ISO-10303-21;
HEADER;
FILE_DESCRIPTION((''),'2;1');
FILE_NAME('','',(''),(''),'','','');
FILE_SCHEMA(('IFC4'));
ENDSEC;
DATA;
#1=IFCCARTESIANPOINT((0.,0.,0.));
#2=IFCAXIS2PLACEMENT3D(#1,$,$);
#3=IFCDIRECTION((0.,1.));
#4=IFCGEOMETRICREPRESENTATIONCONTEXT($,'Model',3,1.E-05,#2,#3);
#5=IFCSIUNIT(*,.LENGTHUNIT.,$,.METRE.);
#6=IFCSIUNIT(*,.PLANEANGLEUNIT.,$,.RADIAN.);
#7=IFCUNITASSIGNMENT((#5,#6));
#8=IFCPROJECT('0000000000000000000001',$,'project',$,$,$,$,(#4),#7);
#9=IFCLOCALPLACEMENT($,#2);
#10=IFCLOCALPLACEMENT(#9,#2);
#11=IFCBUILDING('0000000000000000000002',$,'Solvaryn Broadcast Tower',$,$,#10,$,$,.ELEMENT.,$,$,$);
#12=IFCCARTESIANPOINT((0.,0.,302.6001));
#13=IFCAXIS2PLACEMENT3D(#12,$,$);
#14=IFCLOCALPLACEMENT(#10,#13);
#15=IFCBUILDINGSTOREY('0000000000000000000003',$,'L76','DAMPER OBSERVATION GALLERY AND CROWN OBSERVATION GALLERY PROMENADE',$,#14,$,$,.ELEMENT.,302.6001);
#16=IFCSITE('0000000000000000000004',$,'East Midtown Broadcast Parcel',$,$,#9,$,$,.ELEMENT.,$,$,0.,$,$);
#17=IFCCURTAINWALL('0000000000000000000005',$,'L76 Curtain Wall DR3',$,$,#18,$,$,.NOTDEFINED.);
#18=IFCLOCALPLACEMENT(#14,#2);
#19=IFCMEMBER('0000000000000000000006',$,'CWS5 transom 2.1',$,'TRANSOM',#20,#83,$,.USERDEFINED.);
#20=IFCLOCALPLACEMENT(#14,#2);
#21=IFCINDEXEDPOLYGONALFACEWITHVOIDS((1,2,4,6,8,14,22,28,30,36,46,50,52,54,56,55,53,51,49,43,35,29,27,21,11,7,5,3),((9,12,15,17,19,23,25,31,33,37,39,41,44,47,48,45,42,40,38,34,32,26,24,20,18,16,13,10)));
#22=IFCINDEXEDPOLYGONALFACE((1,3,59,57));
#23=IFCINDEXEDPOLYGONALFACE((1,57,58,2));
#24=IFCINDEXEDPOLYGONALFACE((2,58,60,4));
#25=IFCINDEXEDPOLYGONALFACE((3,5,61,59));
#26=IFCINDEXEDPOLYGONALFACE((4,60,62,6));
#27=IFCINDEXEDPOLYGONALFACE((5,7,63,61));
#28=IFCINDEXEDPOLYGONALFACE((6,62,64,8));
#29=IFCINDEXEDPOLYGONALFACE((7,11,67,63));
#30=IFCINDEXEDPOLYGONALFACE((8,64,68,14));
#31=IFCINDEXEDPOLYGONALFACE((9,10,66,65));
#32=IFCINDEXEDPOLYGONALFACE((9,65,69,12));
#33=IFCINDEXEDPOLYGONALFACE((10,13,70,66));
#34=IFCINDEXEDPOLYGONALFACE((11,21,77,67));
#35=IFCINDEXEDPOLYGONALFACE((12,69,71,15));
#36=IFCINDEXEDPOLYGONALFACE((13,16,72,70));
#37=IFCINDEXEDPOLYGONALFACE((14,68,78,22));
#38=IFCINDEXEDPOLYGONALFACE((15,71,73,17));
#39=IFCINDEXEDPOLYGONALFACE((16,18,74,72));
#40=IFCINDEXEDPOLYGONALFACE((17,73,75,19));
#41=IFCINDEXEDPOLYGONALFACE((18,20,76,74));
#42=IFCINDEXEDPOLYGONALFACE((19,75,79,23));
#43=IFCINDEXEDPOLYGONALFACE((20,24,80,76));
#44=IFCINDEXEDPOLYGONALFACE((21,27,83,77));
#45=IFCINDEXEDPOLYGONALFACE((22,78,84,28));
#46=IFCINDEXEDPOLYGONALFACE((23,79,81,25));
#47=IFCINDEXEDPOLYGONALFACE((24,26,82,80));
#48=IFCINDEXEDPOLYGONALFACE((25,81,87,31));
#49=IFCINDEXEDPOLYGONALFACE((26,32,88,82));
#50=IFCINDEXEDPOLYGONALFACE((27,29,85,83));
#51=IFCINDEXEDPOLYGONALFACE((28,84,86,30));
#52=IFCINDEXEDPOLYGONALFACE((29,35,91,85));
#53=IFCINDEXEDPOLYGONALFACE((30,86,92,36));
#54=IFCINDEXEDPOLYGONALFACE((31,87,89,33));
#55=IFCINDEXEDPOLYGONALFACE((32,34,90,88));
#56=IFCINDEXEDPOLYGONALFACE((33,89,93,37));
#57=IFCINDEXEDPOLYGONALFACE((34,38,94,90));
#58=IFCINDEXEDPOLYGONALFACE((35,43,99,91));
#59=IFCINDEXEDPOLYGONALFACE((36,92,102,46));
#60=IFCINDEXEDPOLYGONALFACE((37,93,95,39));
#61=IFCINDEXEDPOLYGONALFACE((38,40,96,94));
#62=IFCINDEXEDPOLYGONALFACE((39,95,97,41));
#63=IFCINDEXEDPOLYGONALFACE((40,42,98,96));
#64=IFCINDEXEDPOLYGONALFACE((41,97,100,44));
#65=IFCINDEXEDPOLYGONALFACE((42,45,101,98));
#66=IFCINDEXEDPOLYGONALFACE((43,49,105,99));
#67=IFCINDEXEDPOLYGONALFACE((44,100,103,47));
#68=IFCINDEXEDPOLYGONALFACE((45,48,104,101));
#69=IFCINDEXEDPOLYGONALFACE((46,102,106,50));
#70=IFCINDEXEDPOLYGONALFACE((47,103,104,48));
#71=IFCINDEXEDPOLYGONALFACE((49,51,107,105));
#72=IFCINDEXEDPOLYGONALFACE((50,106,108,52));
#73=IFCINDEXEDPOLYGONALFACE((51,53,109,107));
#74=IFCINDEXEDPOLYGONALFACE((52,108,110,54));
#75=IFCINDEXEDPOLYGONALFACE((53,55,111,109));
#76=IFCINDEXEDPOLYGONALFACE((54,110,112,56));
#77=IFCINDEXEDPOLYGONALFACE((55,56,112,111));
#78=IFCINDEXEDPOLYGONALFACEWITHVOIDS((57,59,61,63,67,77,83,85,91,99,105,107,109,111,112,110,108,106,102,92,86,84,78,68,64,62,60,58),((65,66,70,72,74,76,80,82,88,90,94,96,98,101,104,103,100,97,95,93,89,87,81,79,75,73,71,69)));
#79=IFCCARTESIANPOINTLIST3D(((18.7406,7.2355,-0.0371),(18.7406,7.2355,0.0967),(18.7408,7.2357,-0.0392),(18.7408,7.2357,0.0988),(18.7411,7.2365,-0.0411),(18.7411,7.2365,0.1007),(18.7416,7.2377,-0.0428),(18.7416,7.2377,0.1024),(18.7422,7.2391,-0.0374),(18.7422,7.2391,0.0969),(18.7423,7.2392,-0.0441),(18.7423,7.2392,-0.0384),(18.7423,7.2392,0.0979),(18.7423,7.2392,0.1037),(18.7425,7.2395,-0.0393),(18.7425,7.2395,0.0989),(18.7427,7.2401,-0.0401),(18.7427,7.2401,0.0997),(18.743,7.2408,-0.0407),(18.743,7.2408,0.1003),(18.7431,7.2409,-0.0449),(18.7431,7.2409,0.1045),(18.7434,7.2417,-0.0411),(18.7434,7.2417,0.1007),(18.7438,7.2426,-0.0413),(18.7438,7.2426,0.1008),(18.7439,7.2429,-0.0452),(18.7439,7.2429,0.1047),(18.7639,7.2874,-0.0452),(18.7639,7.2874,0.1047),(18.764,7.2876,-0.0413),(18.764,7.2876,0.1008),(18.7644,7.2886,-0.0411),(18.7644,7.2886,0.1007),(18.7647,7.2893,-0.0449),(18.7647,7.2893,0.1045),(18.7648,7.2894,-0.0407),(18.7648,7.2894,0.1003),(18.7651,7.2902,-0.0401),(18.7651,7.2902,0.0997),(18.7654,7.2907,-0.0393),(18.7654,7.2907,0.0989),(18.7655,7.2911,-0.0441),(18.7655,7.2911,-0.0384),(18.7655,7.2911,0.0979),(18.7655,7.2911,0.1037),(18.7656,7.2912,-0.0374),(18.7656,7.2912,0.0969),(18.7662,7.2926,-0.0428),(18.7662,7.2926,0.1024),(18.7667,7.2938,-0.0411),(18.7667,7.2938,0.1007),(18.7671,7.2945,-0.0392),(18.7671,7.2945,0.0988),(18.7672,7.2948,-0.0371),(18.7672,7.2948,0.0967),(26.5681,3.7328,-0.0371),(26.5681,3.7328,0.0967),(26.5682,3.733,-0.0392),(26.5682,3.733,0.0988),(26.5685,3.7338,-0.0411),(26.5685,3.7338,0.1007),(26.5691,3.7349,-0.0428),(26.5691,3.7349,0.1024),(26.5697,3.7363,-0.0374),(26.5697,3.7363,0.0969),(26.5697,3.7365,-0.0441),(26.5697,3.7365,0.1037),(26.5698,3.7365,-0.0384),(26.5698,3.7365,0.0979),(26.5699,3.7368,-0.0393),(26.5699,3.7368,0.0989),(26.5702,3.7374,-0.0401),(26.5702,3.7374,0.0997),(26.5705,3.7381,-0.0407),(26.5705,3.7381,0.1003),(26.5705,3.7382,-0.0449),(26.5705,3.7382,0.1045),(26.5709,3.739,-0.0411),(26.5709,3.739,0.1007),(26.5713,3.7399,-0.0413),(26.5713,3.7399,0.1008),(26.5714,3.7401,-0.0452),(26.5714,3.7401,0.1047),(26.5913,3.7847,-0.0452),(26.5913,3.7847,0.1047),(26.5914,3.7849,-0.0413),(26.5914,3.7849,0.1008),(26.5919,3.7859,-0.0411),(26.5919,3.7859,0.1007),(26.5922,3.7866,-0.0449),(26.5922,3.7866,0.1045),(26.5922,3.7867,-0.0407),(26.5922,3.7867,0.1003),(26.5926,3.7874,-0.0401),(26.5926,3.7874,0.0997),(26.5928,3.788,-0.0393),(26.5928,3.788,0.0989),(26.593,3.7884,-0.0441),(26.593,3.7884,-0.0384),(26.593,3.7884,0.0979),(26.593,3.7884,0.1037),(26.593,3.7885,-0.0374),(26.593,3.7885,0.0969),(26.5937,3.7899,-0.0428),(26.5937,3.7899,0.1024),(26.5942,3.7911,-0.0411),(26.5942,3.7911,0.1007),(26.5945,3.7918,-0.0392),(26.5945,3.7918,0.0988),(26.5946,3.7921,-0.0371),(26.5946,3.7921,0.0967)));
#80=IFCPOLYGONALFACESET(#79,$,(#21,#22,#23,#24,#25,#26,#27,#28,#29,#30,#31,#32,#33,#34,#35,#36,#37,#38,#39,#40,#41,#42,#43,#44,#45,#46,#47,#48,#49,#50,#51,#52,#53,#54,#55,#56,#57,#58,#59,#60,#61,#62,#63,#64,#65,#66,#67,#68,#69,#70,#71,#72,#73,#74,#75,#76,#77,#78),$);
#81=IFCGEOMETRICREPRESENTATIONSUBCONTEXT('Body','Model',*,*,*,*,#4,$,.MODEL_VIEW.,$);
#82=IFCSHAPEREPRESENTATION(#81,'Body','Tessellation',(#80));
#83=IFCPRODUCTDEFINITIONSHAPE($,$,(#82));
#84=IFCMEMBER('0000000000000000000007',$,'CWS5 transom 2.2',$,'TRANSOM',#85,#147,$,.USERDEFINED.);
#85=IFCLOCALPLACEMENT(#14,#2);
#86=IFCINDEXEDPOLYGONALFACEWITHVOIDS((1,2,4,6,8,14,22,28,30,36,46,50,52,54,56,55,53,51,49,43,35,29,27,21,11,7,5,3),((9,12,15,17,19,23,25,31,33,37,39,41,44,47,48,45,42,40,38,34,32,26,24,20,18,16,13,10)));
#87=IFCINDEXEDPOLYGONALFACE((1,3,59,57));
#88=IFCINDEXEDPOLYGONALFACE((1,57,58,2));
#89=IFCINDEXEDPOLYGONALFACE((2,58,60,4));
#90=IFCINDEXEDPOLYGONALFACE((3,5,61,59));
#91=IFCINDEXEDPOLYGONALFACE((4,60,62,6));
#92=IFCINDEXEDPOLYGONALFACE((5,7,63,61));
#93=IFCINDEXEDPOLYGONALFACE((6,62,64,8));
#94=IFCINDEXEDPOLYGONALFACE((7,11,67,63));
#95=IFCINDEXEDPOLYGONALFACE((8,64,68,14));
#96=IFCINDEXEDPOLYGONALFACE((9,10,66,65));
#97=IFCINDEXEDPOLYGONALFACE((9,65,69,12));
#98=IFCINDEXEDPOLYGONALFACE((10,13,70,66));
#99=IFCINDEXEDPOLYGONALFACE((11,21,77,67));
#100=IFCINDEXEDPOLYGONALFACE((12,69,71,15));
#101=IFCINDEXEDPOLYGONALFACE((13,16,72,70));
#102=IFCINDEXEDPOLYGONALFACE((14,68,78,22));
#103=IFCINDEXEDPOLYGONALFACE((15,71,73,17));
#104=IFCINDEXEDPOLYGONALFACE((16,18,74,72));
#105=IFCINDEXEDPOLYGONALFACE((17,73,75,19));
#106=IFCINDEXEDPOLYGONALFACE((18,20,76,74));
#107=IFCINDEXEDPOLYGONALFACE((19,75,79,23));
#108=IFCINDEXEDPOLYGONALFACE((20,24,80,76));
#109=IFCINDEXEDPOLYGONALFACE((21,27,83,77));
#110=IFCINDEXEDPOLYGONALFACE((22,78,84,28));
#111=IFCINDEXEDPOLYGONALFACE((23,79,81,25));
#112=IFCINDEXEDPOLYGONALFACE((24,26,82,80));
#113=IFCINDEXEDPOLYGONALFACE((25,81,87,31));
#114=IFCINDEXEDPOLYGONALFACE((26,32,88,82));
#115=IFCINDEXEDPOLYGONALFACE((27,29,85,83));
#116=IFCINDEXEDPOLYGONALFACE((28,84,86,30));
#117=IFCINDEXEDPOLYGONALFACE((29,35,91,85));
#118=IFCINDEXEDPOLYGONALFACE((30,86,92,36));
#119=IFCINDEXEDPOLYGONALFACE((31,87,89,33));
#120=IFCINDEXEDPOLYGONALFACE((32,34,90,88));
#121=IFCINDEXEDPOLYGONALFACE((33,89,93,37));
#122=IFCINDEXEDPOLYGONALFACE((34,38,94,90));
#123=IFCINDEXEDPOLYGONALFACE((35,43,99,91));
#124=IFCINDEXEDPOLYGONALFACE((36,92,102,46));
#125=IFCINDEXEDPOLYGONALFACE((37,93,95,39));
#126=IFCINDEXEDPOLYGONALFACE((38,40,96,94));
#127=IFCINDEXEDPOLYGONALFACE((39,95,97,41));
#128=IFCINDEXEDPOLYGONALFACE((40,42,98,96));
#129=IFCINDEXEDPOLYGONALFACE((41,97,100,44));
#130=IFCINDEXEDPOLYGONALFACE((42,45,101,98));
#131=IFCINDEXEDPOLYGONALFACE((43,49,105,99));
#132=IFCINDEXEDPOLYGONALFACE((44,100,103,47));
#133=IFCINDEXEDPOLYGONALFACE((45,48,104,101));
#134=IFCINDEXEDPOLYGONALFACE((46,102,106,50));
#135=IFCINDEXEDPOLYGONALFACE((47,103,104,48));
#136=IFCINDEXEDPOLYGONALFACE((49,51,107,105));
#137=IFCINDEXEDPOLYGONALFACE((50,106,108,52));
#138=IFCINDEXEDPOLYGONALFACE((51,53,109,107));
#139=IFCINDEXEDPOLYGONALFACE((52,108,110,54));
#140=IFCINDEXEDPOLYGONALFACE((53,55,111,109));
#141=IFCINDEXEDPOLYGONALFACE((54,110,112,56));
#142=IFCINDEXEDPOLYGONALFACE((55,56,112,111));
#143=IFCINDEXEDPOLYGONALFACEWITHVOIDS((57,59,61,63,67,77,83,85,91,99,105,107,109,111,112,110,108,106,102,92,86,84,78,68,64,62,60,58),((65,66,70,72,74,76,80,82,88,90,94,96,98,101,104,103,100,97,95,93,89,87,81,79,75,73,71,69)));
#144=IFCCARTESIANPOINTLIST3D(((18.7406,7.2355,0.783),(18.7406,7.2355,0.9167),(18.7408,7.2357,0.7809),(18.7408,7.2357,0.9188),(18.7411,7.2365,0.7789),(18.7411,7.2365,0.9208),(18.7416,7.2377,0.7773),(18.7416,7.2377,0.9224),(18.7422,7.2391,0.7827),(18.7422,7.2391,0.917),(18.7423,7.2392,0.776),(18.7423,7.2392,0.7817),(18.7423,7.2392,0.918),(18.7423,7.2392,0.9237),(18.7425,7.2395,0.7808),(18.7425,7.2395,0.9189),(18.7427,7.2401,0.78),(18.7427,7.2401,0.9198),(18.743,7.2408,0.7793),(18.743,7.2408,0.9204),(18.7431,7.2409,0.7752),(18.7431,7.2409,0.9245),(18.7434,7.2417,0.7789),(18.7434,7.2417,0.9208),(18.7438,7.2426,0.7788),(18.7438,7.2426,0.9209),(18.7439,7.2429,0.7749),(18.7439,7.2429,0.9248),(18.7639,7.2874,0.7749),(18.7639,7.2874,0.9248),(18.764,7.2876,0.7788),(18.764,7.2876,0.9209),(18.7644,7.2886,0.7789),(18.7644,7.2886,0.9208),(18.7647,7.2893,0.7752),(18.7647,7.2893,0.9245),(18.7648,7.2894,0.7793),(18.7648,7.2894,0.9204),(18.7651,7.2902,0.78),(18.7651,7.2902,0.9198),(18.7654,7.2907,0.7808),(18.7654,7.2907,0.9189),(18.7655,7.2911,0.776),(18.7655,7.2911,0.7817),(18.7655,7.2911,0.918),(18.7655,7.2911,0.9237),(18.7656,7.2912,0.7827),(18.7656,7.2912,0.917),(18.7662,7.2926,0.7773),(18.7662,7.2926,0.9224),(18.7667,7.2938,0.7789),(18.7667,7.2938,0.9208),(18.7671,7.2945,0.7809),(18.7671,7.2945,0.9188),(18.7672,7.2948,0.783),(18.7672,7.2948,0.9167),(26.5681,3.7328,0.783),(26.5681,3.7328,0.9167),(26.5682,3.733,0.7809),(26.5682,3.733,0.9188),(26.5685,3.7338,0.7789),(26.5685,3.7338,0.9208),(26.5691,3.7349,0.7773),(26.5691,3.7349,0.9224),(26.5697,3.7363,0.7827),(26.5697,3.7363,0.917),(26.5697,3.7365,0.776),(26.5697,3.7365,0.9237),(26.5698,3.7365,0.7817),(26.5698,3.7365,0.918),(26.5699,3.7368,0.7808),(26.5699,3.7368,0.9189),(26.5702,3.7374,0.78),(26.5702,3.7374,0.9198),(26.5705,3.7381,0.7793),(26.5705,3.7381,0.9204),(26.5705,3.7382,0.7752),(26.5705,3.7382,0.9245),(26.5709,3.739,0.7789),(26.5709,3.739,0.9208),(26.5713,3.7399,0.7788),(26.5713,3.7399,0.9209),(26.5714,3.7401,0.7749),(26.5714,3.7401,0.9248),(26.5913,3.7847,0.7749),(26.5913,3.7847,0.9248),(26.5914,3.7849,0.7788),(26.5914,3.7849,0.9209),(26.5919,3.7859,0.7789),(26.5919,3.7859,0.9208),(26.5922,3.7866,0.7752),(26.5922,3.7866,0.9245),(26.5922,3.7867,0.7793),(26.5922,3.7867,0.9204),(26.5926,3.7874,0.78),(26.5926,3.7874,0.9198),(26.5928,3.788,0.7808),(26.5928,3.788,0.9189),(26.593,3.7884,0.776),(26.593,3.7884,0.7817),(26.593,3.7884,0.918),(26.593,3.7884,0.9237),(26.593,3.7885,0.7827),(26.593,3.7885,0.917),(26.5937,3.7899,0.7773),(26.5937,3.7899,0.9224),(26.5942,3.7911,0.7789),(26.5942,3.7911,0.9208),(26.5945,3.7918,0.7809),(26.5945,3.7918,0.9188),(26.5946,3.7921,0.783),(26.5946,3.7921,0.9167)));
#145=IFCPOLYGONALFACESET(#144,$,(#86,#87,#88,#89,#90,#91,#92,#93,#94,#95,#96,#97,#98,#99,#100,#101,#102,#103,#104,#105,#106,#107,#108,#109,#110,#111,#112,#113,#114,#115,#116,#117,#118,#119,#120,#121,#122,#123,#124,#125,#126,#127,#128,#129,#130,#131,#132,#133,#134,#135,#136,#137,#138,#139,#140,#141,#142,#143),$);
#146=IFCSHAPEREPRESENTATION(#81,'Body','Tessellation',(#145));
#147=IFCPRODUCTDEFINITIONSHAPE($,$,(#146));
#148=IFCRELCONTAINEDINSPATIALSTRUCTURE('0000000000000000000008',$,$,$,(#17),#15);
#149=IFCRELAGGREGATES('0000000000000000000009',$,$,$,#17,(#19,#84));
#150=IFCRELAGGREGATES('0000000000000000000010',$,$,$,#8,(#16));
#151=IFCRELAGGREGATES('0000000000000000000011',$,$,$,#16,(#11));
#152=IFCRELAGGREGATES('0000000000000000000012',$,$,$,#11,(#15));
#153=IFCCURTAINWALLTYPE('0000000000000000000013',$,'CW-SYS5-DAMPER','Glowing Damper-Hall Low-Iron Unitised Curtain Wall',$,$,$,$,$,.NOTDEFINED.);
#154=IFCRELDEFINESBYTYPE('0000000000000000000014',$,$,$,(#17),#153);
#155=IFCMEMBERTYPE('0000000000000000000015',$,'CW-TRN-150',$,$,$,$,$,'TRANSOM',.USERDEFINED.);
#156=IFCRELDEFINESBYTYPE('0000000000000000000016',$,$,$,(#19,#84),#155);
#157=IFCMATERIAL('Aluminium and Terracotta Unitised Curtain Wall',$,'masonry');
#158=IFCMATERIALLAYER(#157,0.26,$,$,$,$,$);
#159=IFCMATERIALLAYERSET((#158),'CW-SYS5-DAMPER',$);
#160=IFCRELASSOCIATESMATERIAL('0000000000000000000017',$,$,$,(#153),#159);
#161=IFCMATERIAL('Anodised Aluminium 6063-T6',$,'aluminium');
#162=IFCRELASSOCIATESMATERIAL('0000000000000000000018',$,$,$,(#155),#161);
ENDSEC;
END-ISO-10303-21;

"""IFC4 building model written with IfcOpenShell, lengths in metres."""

from ifc_helpers import new_model, si_unit, direction, frame, origin, origin_2d, place, context, subcontext, project, spatial, hollow_rectangle, extrude, material, layer, layer_set, material_profile, profile_set, type_object, element, aggregate, save


model = new_model("IFC4")

# Units and contexts
model_context = context("Model", 3, precision=1e-05, world=origin(), true_north=direction((0.0, 1.0)))
body_context = subcontext(model_context, "Body", "Model", "MODEL_VIEW")
ifc_project = project(units=[si_unit("LENGTHUNIT", "METRE"), si_unit("PLANEANGLEUNIT", "RADIAN")], contexts=[model_context])

# Site, building, storey
site_placement = place(None, origin())
site = spatial("IfcSite", under=ifc_project, at=site_placement, Name="East Midtown Broadcast Parcel", CompositionType="ELEMENT", RefElevation=0.0)
building_placement = place(site_placement, origin())
building = spatial("IfcBuilding", under=site, at=building_placement, Name="Solvaryn Broadcast Tower", CompositionType="ELEMENT")
storey_placement = place(building_placement, frame((0.0, 0.0, 302.6001)))
storey = spatial("IfcBuildingStorey", under=building, at=storey_placement, Name="L76", Description="DAMPER OBSERVATION GALLERY AND CROWN OBSERVATION GALLERY PROMENADE", CompositionType="ELEMENT", Elevation=302.6001)

# Shared definitions
ifc_material_1 = material(Name="Aluminium and Terracotta Unitised Curtain Wall", Category="masonry")
ifc_layer_1 = layer(ifc_material_1, 0.26)
ifc_layer_set_1 = layer_set([ifc_layer_1], Name="CW-SYS5-DAMPER")
curtain_wall_type = type_object("IfcCurtainWallType", Name="CW-SYS5-DAMPER", Description="Glowing Damper-Hall Low-Iron Unitised Curtain Wall", PredefinedType="NOTDEFINED", material=ifc_layer_set_1)

# Curtain wall, members
curtain_wall_1_placement = place(storey_placement, origin())
curtain_wall_1 = element("IfcCurtainWall", 1, at=curtain_wall_1_placement, inside=storey, type_object=curtain_wall_type, Name="L76 Curtain Wall DR3", PredefinedType="NOTDEFINED")
ifc_material_2 = material(Name="Anodised Aluminium 6063-T6", Category="aluminium")
ifc_material_profile_1 = material_profile(ifc_material_2, hollow_rectangle(XDim=0.0649, YDim=0.1499, WallThickness=0.0039, InnerFilletRadius=0.0039, OuterFilletRadius=0.0081, at=origin_2d()))
ifc_profile_set_1 = profile_set([ifc_material_profile_1], Name="Anodised Aluminium 6063-T6")
member_type_1 = type_object("IfcMemberType", Name="CW-TRN-150", ElementType="TRANSOM", PredefinedType="USERDEFINED", material=ifc_profile_set_1)
member_1_placement = place(storey_placement, frame((18.7539, 7.2651, 0.0298), z_axis=(0.912777, -0.408459, 0.0), x_axis=(0.408459, 0.912777, 0.0)))
member_1 = element("IfcMember", 2, at=member_1_placement, type_object=member_type_1, Name="CWS5 transom 2.1", ObjectType="TRANSOM", PredefinedType="USERDEFINED", context=body_context, shape_type="SweptSolid", body=[
    extrude(hollow_rectangle(XDim=0.0649, YDim=0.1499, WallThickness=0.0039, InnerFilletRadius=0.0039, OuterFilletRadius=0.0081, at=origin_2d()), origin(), (0.0, 0.0, 1.0), 8.5754),
])
member_2_placement = place(storey_placement, frame((18.7539, 7.2651, 0.8499), z_axis=(0.912777, -0.408459, 0.0), x_axis=(0.408459, 0.912777, 0.0)))
member_2 = element("IfcMember", 3, at=member_2_placement, type_object=member_type_1, Name="CWS5 transom 2.2", ObjectType="TRANSOM", PredefinedType="USERDEFINED", context=body_context, shape_type="SweptSolid", body=[
    extrude(hollow_rectangle(XDim=0.0649, YDim=0.1499, WallThickness=0.0039, InnerFilletRadius=0.0039, OuterFilletRadius=0.0081, at=origin_2d()), origin(), (0.0, 0.0, 1.0), 8.5754),
])

aggregate(curtain_wall_1, [member_1, member_2])

save(model, "model.ifc")
